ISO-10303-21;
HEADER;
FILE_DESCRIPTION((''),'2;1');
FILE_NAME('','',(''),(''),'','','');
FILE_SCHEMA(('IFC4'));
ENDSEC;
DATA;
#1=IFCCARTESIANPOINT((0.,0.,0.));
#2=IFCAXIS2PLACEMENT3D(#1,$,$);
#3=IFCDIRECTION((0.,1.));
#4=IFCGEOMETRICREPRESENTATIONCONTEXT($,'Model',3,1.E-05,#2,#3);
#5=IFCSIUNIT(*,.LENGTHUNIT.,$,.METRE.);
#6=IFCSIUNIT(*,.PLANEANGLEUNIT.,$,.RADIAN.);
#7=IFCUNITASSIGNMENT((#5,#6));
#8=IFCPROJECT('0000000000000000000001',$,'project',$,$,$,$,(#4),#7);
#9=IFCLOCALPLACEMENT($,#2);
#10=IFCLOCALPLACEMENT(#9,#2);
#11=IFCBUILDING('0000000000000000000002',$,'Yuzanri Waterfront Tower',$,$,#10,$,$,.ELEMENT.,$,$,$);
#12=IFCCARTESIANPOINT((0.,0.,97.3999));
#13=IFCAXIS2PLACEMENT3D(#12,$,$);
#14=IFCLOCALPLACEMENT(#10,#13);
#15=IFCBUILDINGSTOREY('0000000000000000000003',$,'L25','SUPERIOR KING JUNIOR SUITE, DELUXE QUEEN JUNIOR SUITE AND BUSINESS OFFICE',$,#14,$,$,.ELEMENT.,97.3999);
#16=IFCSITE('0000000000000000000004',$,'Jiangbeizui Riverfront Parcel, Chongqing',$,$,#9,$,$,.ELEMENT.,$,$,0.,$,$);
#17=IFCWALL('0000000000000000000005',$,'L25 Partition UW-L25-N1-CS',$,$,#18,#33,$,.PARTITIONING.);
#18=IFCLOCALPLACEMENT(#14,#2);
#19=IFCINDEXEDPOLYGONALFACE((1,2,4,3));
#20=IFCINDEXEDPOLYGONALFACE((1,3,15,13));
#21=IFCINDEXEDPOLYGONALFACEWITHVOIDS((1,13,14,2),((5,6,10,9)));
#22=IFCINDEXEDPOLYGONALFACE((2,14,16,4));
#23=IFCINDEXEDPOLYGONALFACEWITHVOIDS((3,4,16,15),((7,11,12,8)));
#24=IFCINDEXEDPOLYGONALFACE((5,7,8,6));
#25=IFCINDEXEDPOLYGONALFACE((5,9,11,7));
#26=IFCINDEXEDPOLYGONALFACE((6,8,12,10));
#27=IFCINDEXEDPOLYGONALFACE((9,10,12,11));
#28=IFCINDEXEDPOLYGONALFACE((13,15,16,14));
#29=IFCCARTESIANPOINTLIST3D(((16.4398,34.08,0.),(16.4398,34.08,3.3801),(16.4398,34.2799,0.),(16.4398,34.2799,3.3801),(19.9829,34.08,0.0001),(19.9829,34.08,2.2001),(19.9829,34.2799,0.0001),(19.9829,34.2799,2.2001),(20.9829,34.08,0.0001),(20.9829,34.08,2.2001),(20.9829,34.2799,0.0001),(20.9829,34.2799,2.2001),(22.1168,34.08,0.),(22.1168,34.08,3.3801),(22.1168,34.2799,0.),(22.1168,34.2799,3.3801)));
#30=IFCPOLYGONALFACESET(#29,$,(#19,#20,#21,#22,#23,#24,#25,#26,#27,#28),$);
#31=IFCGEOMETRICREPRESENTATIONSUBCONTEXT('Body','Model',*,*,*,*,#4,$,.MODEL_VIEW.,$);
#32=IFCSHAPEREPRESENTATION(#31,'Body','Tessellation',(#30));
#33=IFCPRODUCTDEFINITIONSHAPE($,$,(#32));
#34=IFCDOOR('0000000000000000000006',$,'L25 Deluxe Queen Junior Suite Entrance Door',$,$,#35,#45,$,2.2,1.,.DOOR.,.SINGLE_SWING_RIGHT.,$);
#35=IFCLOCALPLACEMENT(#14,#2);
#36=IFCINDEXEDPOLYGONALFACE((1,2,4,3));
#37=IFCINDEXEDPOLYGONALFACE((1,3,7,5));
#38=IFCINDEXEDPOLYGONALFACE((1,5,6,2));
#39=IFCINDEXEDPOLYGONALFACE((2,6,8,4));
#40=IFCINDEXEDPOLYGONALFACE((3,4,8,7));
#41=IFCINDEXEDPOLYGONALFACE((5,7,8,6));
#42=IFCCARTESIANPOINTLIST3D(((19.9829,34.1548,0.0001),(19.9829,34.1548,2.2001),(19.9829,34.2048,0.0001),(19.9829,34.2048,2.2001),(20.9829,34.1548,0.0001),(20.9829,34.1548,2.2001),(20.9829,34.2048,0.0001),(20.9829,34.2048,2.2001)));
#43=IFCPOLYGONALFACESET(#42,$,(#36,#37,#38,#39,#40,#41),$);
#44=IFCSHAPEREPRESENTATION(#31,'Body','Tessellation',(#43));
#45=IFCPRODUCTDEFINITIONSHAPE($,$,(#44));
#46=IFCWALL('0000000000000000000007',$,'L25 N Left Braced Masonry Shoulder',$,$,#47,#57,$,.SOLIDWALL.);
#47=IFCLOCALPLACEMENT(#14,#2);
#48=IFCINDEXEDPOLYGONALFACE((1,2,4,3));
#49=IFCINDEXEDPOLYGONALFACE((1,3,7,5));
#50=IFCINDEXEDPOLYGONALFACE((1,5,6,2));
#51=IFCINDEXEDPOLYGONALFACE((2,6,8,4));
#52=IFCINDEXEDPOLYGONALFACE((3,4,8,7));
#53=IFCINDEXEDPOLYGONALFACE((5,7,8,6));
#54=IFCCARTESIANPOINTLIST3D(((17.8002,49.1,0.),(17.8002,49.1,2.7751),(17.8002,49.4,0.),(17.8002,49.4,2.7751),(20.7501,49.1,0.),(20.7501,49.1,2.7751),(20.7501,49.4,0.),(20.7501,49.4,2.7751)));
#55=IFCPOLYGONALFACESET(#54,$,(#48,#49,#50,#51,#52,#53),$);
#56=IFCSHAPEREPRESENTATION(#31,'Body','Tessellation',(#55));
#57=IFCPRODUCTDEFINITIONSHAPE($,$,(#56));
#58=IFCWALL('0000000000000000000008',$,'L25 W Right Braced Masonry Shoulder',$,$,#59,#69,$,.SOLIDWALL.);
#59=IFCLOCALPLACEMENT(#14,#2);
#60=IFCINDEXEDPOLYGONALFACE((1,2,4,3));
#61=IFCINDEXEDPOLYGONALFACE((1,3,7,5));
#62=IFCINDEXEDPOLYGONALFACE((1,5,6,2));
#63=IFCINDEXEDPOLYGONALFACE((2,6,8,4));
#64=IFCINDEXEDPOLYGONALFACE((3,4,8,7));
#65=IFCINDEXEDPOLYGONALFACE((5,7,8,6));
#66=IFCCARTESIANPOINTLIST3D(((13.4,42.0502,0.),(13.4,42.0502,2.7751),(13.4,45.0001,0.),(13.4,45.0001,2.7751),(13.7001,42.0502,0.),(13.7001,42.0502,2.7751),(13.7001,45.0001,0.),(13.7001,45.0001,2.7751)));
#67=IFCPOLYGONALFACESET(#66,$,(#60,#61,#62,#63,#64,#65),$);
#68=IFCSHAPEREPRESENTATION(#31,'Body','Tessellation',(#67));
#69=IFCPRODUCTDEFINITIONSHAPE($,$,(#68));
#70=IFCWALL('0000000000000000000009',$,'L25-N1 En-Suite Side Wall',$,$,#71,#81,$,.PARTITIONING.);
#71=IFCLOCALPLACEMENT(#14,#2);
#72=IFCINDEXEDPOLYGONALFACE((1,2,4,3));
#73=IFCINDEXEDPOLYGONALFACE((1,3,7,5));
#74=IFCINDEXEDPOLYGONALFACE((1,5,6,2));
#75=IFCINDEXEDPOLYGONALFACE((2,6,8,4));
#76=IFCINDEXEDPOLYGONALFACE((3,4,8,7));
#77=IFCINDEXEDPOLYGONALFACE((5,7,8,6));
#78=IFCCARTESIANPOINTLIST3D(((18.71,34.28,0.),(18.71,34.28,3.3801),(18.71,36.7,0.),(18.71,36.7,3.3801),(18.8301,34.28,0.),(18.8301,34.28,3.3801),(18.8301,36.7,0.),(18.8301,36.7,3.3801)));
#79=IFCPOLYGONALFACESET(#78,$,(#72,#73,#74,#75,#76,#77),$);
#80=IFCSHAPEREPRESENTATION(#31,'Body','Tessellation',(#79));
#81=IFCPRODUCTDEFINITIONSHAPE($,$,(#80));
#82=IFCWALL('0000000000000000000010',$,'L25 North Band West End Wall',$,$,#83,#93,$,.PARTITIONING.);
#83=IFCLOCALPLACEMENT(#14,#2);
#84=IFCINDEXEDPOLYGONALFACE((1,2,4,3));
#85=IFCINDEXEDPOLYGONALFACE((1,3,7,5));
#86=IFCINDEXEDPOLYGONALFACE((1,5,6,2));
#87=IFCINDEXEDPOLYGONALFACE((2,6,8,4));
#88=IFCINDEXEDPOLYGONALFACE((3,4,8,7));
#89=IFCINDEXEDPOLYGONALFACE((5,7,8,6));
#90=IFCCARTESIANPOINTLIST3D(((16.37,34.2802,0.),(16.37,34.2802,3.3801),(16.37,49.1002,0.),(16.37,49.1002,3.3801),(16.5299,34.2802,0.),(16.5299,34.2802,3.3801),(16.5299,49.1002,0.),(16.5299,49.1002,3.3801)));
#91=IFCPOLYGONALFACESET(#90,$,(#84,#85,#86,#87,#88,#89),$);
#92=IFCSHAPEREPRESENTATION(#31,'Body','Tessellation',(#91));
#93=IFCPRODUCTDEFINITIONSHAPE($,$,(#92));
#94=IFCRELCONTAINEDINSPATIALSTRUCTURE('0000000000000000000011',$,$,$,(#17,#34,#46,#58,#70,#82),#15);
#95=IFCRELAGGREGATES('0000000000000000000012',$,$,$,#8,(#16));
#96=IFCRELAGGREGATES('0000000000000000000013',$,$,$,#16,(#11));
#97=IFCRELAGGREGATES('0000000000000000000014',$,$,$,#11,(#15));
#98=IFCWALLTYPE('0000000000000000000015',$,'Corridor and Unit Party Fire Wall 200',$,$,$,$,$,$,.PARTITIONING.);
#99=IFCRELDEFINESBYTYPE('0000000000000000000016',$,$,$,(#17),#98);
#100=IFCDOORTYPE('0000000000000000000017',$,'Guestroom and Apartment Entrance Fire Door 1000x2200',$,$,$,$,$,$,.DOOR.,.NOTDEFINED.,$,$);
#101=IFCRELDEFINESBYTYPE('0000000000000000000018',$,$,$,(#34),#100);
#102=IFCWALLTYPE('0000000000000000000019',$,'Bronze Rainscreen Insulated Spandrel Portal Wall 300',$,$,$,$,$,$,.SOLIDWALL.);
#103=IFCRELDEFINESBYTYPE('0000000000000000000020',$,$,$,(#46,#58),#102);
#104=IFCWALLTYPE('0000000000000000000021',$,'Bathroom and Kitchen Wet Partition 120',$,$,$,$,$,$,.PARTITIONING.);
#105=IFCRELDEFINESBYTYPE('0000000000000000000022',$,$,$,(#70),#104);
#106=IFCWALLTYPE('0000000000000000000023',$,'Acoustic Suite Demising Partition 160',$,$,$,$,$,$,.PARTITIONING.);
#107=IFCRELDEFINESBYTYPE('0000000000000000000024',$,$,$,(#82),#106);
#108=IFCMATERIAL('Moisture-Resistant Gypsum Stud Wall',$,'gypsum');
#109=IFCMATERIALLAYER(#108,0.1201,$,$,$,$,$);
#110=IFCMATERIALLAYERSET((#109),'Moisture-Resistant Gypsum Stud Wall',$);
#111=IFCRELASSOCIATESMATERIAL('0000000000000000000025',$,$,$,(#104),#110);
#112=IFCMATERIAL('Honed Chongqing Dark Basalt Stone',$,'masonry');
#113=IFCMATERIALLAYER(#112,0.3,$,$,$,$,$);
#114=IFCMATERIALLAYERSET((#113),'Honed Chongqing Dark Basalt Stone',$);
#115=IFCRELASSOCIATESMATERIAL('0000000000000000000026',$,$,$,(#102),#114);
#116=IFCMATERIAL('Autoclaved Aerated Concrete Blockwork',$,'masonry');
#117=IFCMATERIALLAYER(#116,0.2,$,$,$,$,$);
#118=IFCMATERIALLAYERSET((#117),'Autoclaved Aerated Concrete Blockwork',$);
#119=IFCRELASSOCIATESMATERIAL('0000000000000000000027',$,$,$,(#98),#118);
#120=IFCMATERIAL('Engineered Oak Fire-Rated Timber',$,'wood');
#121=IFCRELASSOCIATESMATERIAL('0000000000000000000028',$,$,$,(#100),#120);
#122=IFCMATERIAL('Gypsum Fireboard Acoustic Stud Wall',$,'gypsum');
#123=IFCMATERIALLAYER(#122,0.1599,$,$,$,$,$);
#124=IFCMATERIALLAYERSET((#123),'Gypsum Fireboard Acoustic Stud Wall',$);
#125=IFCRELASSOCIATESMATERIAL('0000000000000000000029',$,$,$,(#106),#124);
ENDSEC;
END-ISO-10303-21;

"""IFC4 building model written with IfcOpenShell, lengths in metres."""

from ifc_helpers import new_model, si_unit, direction, frame, frame_2d, origin, place, context, subcontext, project, spatial, rectangle, extrude, source, transform, mapped, material, layer, layer_set, type_object, element, fill, save


model = new_model("IFC4")

# Units and contexts
model_context = context("Model", 3, precision=1e-05, world=origin(), true_north=direction((0.0, 1.0)))
body_context = subcontext(model_context, "Body", "Model", "MODEL_VIEW")
ifc_project = project(units=[si_unit("LENGTHUNIT", "METRE"), si_unit("PLANEANGLEUNIT", "RADIAN")], contexts=[model_context])

# Site, building, storey
site_placement = place(None, origin())
site = spatial("IfcSite", under=ifc_project, at=site_placement, Name="Jiangbeizui Riverfront Parcel, Chongqing", CompositionType="ELEMENT", RefElevation=0.0)
building_placement = place(site_placement, origin())
building = spatial("IfcBuilding", under=site, at=building_placement, Name="Yuzanri Waterfront Tower", CompositionType="ELEMENT")
storey_placement = place(building_placement, frame((0.0, 0.0, 97.3999)))
storey = spatial("IfcBuildingStorey", under=building, at=storey_placement, Name="L25", Description="SUPERIOR KING JUNIOR SUITE, DELUXE QUEEN JUNIOR SUITE AND BUSINESS OFFICE", CompositionType="ELEMENT", Elevation=97.3999)

# Shared definitions
ifc_material_1 = material(Name="Moisture-Resistant Gypsum Stud Wall", Category="gypsum")
ifc_layer_1 = layer(ifc_material_1, 0.1201)
ifc_layer_set_1 = layer_set([ifc_layer_1], Name="Moisture-Resistant Gypsum Stud Wall")
wall_type_1 = type_object("IfcWallType", Name="Bathroom and Kitchen Wet Partition 120", PredefinedType="PARTITIONING", material=ifc_layer_set_1)

# Shared definitions
ifc_material_2 = material(Name="Honed Chongqing Dark Basalt Stone", Category="masonry")
ifc_layer_2 = layer(ifc_material_2, 0.3)
ifc_layer_set_2 = layer_set([ifc_layer_2], Name="Honed Chongqing Dark Basalt Stone")
wall_type_2 = type_object("IfcWallType", Name="Bronze Rainscreen Insulated Spandrel Portal Wall 300", PredefinedType="SOLIDWALL", material=ifc_layer_set_2)

# Wall, opening, door
ifc_material_3 = material(Name="Autoclaved Aerated Concrete Blockwork", Category="masonry")
ifc_layer_3 = layer(ifc_material_3, 0.2)
ifc_layer_set_3 = layer_set([ifc_layer_3], Name="Autoclaved Aerated Concrete Blockwork")
wall_type_3 = type_object("IfcWallType", Name="Corridor and Unit Party Fire Wall 200", PredefinedType="PARTITIONING", material=ifc_layer_set_3)
wall_1_placement = place(storey_placement, frame((16.4399, 34.1799, 0.0), z_axis=(0.0, 0.0, 1.0), x_axis=(1.0, 0.0, 0.0)))
wall_1 = element("IfcWall", 1, at=wall_1_placement, inside=storey, type_object=wall_type_3, Name="L25 Partition UW-L25-N1-CS", PredefinedType="PARTITIONING", context=body_context, shape_type="SweptSolid", body=[
    extrude(rectangle(XDim=5.677, YDim=0.2, at=frame_2d((2.8384, 0.0))), origin(), (0.0, 0.0, 1.0), 3.3801),
])
opening_1_placement = place(wall_1_placement, frame((3.543, 0.0, 0.0)))
opening_1 = element("IfcOpeningElement", 2, at=opening_1_placement, cuts=wall_1, PredefinedType="OPENING", context=body_context, shape_type="SweptSolid", body=[
    extrude(rectangle(XDim=1.0, YDim=2.2, at=frame_2d((0.5, 1.1001))), frame((0.0, 0.1147, 0.0), z_axis=(0.0, -1.0, 0.0), x_axis=(1.0, 0.0, 0.0)), (0.0, 0.0, 1.0), 0.2297),
])
ifc_material_4 = material(Name="Engineered Oak Fire-Rated Timber", Category="wood")
door_type_1 = type_object("IfcDoorType", Name="Guestroom and Apartment Entrance Fire Door 1000x2200", OperationType="NOTDEFINED", PredefinedType="DOOR", material=ifc_material_4)
shared_shape_1 = source(origin(), body_context, "Body", "SweptSolid", [
    extrude(rectangle(XDim=1.0, YDim=2.2, at=frame_2d((0.5, 1.1001))), frame((0.0, 0.0249, 0.0), z_axis=(0.0, -1.0, 0.0), x_axis=(1.0, 0.0, 0.0)), (0.0, 0.0, 1.0), 0.05),
])
door_1_placement = place(opening_1_placement, origin())
door_1 = element("IfcDoor", 3, at=door_1_placement, inside=storey, type_object=door_type_1, Name="L25 Deluxe Queen Junior Suite Entrance Door", OperationType="SINGLE_SWING_RIGHT", OverallHeight=2.2, OverallWidth=1.0, PredefinedType="DOOR", context=body_context, shape_type="MappedRepresentation", body=[
    mapped(shared_shape_1, transform((0.0, 0.0, 0.0), scale=1.0)),
])
fill(opening_1, door_1)

# Walls
shared_shape_2 = source(origin(), body_context, "Body", "SweptSolid", [
    extrude(rectangle(XDim=2.95, YDim=0.3, at=frame_2d((1.4751, 0.0))), origin(), (0.0, 0.0, 1.0), 2.7751),
])
for number, where, z_axis, x_axis, name in (
    (4, (17.8, 49.25, 0.0), (0.0, 0.0, 1.0), (1.0, 0.0, 0.0), "L25 N Left Braced Masonry Shoulder"),
    (5, (13.55, 42.05, 0.0), (0.0, 0.0, 1.0), (0.0, 1.0, 0.0), "L25 W Right Braced Masonry Shoulder"),
):
    element("IfcWall", number, at=place(storey_placement, frame(where, z_axis=z_axis, x_axis=x_axis)), inside=storey, type_object=wall_type_2, Name=name, PredefinedType="SOLIDWALL", context=body_context, shape_type="MappedRepresentation", body=[
        mapped(shared_shape_2, transform((0.0, 0.0, 0.0), scale=1.0)),
    ])
shared_shape_3 = source(origin(), body_context, "Body", "SweptSolid", [
    extrude(rectangle(XDim=2.4199, YDim=0.1201, at=frame_2d((1.21, 0.0))), origin(), (0.0, 0.0, 1.0), 3.3801),
])
wall_2_placement = place(storey_placement, frame((18.77, 34.28, 0.0), z_axis=(0.0, 0.0, 1.0), x_axis=(0.0, 1.0, 0.0)))
element("IfcWall", 6, at=wall_2_placement, inside=storey, type_object=wall_type_1, Name="L25-N1 En-Suite Side Wall", PredefinedType="PARTITIONING", context=body_context, shape_type="MappedRepresentation", body=[
    mapped(shared_shape_3, transform((0.0, 0.0, 0.0), scale=1.0)),
])
ifc_material_5 = material(Name="Gypsum Fireboard Acoustic Stud Wall", Category="gypsum")
ifc_layer_4 = layer(ifc_material_5, 0.1599)
ifc_layer_set_4 = layer_set([ifc_layer_4], Name="Gypsum Fireboard Acoustic Stud Wall")
wall_type_4 = type_object("IfcWallType", Name="Acoustic Suite Demising Partition 160", PredefinedType="PARTITIONING", material=ifc_layer_set_4)
shared_shape_4 = source(origin(), body_context, "Body", "SweptSolid", [
    extrude(rectangle(XDim=14.8201, YDim=0.1599, at=frame_2d((7.4102, 0.0))), origin(), (0.0, 0.0, 1.0), 3.3801),
])
wall_3_placement = place(storey_placement, frame((16.45, 34.28, 0.0), z_axis=(0.0, 0.0, 1.0), x_axis=(0.0, 1.0, 0.0)))
element("IfcWall", 7, at=wall_3_placement, inside=storey, type_object=wall_type_4, Name="L25 North Band West End Wall", PredefinedType="PARTITIONING", context=body_context, shape_type="MappedRepresentation", body=[
    mapped(shared_shape_4, transform((0.0, 0.0, 0.0), scale=1.0)),
])

save(model, "model.ifc")
